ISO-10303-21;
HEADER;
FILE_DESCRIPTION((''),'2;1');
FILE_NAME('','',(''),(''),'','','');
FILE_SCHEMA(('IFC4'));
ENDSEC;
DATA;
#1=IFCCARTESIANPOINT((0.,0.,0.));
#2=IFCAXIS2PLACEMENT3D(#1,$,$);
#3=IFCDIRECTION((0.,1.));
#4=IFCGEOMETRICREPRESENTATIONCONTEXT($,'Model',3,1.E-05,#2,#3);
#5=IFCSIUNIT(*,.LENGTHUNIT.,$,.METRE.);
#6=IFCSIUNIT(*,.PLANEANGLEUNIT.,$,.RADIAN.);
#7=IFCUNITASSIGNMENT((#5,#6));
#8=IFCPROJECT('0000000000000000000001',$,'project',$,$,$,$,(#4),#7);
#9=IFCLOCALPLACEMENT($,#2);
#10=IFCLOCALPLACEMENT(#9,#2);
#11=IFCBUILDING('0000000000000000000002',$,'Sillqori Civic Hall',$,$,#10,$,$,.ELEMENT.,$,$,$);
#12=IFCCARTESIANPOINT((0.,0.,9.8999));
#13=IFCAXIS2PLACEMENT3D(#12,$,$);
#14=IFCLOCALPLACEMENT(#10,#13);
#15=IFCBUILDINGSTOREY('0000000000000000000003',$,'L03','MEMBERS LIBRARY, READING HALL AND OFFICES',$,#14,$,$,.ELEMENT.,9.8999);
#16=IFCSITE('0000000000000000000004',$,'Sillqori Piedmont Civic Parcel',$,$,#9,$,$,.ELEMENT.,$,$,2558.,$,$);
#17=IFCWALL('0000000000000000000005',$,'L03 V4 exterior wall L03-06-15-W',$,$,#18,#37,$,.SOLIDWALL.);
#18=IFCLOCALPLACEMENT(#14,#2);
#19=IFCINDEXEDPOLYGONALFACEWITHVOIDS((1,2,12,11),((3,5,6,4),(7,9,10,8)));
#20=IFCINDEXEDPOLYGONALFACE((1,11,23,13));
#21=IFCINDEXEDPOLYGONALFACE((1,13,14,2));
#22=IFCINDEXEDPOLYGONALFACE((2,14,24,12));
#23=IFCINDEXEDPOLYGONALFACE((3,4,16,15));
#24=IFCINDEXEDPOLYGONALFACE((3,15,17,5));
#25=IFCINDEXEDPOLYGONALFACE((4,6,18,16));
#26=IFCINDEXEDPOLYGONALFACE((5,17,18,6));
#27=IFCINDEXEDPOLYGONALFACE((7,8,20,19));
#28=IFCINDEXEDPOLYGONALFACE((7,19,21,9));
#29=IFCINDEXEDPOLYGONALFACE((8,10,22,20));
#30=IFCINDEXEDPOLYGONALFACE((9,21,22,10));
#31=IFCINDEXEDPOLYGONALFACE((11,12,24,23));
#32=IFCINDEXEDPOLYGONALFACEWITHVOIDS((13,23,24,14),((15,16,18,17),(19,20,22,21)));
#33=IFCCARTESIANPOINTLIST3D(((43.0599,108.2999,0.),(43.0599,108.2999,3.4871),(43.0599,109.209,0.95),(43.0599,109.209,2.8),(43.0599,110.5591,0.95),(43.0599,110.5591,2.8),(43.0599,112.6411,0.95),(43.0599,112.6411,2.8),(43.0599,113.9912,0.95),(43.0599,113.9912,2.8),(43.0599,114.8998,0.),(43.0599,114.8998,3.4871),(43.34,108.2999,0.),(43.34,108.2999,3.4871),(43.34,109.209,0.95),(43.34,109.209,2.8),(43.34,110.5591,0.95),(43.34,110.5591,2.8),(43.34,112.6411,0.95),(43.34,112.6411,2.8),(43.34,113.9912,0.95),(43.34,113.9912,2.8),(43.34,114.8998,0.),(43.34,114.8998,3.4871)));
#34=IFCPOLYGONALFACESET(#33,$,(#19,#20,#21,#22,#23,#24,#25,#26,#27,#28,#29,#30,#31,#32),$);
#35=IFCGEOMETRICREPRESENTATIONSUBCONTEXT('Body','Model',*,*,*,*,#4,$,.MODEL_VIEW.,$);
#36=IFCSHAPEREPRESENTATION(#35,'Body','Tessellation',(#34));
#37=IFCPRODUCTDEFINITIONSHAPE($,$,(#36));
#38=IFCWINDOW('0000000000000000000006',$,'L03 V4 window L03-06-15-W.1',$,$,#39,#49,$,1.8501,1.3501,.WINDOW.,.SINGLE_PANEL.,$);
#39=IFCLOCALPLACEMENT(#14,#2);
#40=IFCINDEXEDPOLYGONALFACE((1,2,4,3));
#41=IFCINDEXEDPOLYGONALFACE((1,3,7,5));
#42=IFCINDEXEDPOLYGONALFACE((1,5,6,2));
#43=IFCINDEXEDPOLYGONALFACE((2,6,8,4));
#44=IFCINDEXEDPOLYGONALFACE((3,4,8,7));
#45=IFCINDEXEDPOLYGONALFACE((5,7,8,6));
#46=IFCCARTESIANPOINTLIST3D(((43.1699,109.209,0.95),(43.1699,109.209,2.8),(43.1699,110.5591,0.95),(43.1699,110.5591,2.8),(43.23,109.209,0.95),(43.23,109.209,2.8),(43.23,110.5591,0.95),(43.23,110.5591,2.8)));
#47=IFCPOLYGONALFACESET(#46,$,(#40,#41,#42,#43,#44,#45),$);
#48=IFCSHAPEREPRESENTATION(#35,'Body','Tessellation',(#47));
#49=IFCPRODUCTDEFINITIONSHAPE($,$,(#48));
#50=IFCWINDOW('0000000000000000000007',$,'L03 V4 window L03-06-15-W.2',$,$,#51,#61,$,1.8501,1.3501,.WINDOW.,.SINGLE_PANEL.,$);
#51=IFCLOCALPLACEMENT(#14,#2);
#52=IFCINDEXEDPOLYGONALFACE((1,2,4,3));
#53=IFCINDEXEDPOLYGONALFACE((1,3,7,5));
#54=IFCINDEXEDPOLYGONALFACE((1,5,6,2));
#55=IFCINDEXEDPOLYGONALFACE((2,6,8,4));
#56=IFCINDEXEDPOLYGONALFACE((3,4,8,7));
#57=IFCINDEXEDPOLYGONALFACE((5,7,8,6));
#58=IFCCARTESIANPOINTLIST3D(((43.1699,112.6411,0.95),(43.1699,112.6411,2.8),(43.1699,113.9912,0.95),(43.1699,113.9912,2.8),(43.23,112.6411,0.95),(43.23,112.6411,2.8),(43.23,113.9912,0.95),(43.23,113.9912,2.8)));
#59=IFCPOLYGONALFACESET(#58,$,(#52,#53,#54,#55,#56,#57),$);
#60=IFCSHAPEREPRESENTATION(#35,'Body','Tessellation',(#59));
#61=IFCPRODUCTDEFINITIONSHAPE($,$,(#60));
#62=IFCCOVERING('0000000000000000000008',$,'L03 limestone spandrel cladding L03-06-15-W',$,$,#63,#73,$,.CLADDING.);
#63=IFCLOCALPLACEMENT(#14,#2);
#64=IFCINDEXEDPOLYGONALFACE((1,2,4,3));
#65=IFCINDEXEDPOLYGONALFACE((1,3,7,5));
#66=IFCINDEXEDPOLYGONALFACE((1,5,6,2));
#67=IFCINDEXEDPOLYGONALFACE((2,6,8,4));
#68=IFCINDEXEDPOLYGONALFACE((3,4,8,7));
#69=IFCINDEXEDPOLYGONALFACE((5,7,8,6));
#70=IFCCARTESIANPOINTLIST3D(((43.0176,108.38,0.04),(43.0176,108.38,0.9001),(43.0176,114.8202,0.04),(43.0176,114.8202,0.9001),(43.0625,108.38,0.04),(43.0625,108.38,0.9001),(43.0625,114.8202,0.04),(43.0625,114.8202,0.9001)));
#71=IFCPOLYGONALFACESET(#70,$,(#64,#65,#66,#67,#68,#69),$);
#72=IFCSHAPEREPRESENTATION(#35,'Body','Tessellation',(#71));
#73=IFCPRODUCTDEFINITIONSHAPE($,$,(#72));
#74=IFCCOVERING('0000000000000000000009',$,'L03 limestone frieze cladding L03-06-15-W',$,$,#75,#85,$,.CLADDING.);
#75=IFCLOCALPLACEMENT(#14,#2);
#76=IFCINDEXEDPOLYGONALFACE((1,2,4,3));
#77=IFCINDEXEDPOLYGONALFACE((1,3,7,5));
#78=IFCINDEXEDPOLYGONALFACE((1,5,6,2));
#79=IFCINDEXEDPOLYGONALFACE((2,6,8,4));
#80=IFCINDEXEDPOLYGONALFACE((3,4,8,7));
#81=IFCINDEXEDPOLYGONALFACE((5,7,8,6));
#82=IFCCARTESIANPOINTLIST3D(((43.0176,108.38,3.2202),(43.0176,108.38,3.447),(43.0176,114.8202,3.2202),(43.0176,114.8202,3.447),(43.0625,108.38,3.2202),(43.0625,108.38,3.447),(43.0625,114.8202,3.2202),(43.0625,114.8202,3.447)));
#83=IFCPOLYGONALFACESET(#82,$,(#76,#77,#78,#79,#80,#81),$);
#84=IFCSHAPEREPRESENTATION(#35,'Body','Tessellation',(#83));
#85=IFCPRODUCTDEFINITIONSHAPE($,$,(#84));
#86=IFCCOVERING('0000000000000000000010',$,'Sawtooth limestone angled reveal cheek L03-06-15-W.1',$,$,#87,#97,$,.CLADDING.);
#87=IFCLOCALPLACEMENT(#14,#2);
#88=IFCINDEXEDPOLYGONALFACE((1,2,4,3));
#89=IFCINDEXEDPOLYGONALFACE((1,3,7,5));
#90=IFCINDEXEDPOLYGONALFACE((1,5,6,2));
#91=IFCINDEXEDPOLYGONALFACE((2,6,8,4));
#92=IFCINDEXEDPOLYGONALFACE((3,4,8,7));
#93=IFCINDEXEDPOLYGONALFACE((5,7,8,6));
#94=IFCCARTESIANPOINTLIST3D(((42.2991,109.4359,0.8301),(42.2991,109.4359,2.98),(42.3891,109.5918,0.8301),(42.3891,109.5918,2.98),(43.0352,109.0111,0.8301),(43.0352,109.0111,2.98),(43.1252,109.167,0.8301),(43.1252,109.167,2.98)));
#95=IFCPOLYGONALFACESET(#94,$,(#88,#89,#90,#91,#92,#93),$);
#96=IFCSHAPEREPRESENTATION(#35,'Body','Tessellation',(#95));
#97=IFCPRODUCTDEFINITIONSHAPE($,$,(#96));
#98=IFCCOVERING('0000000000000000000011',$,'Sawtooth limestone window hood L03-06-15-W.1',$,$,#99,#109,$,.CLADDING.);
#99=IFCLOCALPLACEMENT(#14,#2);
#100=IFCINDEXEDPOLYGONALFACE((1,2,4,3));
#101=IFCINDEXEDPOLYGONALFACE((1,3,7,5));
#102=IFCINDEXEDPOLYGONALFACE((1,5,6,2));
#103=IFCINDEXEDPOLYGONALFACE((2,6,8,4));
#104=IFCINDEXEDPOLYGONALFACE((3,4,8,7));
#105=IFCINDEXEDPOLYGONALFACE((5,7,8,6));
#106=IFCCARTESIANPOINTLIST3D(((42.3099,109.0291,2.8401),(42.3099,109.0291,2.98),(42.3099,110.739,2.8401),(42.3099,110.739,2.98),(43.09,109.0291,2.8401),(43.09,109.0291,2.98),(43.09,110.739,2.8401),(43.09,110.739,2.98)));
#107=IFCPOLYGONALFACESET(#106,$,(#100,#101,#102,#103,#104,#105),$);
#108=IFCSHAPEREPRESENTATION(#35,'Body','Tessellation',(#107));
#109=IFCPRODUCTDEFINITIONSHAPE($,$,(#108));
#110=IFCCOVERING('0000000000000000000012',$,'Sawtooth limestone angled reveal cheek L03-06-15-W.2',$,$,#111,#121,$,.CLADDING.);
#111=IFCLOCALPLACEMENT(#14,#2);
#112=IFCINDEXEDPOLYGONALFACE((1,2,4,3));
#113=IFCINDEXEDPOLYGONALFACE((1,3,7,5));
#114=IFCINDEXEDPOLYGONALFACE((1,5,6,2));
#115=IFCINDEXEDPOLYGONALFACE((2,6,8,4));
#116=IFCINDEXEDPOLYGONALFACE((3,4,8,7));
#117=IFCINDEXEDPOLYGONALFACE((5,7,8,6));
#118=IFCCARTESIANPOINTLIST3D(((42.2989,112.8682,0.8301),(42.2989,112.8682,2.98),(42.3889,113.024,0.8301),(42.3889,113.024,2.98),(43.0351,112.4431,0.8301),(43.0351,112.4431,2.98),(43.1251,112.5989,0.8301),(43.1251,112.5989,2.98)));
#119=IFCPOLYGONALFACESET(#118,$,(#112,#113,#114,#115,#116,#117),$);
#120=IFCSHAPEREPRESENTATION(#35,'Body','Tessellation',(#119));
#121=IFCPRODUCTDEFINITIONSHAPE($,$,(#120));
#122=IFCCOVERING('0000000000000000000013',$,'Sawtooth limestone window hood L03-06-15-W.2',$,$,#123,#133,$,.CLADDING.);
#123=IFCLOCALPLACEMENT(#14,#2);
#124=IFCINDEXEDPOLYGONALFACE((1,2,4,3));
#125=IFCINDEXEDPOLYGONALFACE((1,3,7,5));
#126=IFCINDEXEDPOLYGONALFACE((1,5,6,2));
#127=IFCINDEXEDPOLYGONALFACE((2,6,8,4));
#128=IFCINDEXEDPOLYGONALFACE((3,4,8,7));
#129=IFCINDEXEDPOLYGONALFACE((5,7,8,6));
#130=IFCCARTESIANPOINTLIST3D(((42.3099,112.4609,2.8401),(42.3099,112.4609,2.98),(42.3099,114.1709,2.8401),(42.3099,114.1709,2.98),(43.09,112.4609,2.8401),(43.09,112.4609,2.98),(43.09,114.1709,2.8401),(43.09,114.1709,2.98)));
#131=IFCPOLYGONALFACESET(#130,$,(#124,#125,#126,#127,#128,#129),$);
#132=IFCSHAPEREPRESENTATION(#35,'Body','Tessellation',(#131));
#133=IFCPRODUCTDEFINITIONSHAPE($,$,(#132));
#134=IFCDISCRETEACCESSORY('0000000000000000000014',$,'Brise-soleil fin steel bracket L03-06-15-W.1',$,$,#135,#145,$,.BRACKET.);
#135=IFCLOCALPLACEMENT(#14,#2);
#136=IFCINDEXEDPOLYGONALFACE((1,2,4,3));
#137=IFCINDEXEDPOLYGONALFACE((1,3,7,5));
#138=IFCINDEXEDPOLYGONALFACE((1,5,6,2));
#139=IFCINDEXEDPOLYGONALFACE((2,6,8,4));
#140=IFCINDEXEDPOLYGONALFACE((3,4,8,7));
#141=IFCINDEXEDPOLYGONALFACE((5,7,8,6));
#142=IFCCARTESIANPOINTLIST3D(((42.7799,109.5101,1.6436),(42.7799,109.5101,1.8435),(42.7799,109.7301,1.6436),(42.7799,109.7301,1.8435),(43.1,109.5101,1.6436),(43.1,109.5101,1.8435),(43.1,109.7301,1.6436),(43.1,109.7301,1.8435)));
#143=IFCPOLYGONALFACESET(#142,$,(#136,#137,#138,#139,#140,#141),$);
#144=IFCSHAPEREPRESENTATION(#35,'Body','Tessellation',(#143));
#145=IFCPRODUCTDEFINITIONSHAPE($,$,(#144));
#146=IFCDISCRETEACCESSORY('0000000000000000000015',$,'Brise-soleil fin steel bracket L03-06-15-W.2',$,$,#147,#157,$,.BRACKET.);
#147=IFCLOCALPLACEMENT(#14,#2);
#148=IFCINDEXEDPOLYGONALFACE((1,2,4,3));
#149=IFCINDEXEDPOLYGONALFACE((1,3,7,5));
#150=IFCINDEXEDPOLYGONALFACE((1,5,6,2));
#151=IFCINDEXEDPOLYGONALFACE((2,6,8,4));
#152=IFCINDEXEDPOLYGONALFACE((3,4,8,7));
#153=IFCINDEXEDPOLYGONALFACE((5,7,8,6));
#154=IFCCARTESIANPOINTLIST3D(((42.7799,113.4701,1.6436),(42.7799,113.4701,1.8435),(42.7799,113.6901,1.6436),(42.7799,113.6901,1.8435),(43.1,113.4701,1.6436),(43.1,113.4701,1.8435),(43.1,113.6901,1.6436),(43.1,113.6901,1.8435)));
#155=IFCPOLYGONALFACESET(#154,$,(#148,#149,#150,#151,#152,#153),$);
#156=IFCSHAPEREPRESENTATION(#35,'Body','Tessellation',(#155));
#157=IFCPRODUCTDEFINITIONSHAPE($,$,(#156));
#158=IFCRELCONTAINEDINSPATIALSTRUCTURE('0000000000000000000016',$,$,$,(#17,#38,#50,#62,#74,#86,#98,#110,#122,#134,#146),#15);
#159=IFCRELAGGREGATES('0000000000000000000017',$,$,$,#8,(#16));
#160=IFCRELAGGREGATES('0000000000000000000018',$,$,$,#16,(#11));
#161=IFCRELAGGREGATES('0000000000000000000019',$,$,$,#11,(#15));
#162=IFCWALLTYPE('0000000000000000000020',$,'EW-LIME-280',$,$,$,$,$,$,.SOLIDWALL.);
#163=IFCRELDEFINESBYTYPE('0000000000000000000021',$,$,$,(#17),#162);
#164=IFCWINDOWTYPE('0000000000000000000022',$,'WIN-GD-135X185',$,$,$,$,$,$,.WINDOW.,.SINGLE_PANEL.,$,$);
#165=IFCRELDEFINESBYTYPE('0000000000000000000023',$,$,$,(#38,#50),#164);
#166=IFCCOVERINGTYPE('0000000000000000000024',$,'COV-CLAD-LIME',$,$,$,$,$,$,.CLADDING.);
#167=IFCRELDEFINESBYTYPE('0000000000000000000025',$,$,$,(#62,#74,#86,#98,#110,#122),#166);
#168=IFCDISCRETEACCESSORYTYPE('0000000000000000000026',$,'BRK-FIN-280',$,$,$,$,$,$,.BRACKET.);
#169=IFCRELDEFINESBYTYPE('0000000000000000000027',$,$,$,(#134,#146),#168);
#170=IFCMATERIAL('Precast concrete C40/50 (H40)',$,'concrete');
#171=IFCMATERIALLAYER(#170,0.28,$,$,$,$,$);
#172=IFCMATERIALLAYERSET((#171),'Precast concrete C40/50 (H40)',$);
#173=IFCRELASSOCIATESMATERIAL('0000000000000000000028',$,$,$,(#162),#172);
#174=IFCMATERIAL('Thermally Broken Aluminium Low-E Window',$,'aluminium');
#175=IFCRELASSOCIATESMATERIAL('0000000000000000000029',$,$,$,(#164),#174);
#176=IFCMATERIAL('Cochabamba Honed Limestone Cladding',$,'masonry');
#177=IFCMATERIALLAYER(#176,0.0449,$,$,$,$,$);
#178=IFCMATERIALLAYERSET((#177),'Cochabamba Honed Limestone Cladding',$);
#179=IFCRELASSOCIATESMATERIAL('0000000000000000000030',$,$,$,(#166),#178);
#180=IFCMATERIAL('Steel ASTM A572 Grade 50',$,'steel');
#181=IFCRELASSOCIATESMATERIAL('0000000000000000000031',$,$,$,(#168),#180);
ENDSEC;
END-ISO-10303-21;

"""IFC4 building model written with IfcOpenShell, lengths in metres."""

from ifc_helpers import new_model, si_unit, direction, frame, frame_2d, origin, origin_2d, place, context, subcontext, project, spatial, rectangle, extrude, material, layer, layer_set, type_object, element, fill, save


model = new_model("IFC4")

# Units and contexts
model_context = context("Model", 3, precision=1e-05, world=origin(), true_north=direction((0.0, 1.0)))
body_context = subcontext(model_context, "Body", "Model", "MODEL_VIEW")
ifc_project = project(units=[si_unit("LENGTHUNIT", "METRE"), si_unit("PLANEANGLEUNIT", "RADIAN")], contexts=[model_context])

# Site, building, storey
site_placement = place(None, origin())
site = spatial("IfcSite", under=ifc_project, at=site_placement, Name="Sillqori Piedmont Civic Parcel", CompositionType="ELEMENT", RefElevation=2558.0)
building_placement = place(site_placement, origin())
building = spatial("IfcBuilding", under=site, at=building_placement, Name="Sillqori Civic Hall", CompositionType="ELEMENT")
storey_placement = place(building_placement, frame((0.0, 0.0, 9.8999)))
storey = spatial("IfcBuildingStorey", under=building, at=storey_placement, Name="L03", Description="MEMBERS LIBRARY, READING HALL AND OFFICES", CompositionType="ELEMENT", Elevation=9.8999)

# Shared definitions
ifc_material_1 = material(Name="Precast concrete C40/50 (H40)", Category="concrete")

# Wall, openings, windows
ifc_layer_1 = layer(ifc_material_1, 0.28)
ifc_layer_set_1 = layer_set([ifc_layer_1], Name="Precast concrete C40/50 (H40)")
wall_type = type_object("IfcWallType", Name="EW-LIME-280", PredefinedType="SOLIDWALL", material=ifc_layer_set_1)
wall_placement = place(storey_placement, frame((43.2, 108.3, 0.0), z_axis=(0.0, 0.0, 1.0), x_axis=(0.0, 1.0, 0.0)))
wall = element("IfcWall", 1, at=wall_placement, inside=storey, type_object=wall_type, Name="L03 V4 exterior wall L03-06-15-W", PredefinedType="SOLIDWALL", context=body_context, shape_type="SweptSolid", body=[
    extrude(rectangle(XDim=6.5999, YDim=0.28, at=frame_2d((3.2998, 0.0))), origin(), (0.0, 0.0, 1.0), 3.4871),
])
opening_1_placement = place(wall_placement, frame((0.9089, 0.0, 0.95)))
opening_1 = element("IfcOpeningElement", 2, at=opening_1_placement, cuts=wall, PredefinedType="OPENING", context=body_context, shape_type="SweptSolid", body=[
    extrude(rectangle(XDim=1.3501, YDim=1.8501, at=frame_2d((0.675, 0.925))), frame((0.0, 0.1499, 0.0), z_axis=(0.0, -1.0, 0.0), x_axis=(1.0, 0.0, 0.0)), (0.0, 0.0, 1.0), 0.3),
])
opening_2_placement = place(wall_placement, frame((4.3411, 0.0, 0.95)))
opening_2 = element("IfcOpeningElement", 3, at=opening_2_placement, cuts=wall, PredefinedType="OPENING", context=body_context, shape_type="SweptSolid", body=[
    extrude(rectangle(XDim=1.3501, YDim=1.8501, at=frame_2d((0.675, 0.925))), frame((0.0, 0.1499, 0.0), z_axis=(0.0, -1.0, 0.0), x_axis=(1.0, 0.0, 0.0)), (0.0, 0.0, 1.0), 0.3),
])
ifc_material_2 = material(Name="Thermally Broken Aluminium Low-E Window", Category="aluminium")
window_type = type_object("IfcWindowType", Name="WIN-GD-135X185", PartitioningType="SINGLE_PANEL", PredefinedType="WINDOW", material=ifc_material_2)
window_1_placement = place(opening_1_placement, origin())
window_1 = element("IfcWindow", 4, at=window_1_placement, inside=storey, type_object=window_type, Name="L03 V4 window L03-06-15-W.1", OverallHeight=1.8501, OverallWidth=1.3501, PartitioningType="SINGLE_PANEL", PredefinedType="WINDOW", context=body_context, shape_type="SweptSolid", body=[
    extrude(rectangle(XDim=1.3501, YDim=1.8501, at=frame_2d((0.675, 0.925))), frame((0.0, 0.03, 0.0), z_axis=(0.0, -1.0, 0.0), x_axis=(1.0, 0.0, 0.0)), (0.0, 0.0, 1.0), 0.0601),
])
fill(opening_1, window_1)
window_2_placement = place(opening_2_placement, origin())
window_2 = element("IfcWindow", 5, at=window_2_placement, inside=storey, type_object=window_type, Name="L03 V4 window L03-06-15-W.2", OverallHeight=1.8501, OverallWidth=1.3501, PartitioningType="SINGLE_PANEL", PredefinedType="WINDOW", context=body_context, shape_type="SweptSolid", body=[
    extrude(rectangle(XDim=1.3501, YDim=1.8501, at=frame_2d((0.675, 0.925))), frame((0.0, 0.03, 0.0), z_axis=(0.0, -1.0, 0.0), x_axis=(1.0, 0.0, 0.0)), (0.0, 0.0, 1.0), 0.0601),
])
fill(opening_2, window_2)

# Coverings
ifc_material_3 = material(Name="Cochabamba Honed Limestone Cladding", Category="masonry")
ifc_layer_2 = layer(ifc_material_3, 0.0449)
ifc_layer_set_2 = layer_set([ifc_layer_2], Name="Cochabamba Honed Limestone Cladding")
covering_type = type_object("IfcCoveringType", Name="COV-CLAD-LIME", PredefinedType="CLADDING", material=ifc_layer_set_2)
covering_1_placement = place(storey_placement, frame((43.04, 108.3799, 0.04), z_axis=(0.0, 0.0, 1.0), x_axis=(0.0, 1.0, 0.0)))
element("IfcCovering", 6, at=covering_1_placement, inside=storey, type_object=covering_type, Name="L03 limestone spandrel cladding L03-06-15-W", PredefinedType="CLADDING", context=body_context, shape_type="SweptSolid", body=[
    extrude(rectangle(XDim=6.4402, YDim=0.0449, at=frame_2d((3.2202, 0.0))), origin(), (0.0, 0.0, 1.0), 0.8601),
])
covering_2_placement = place(storey_placement, frame((43.04, 108.3799, 3.2202), z_axis=(0.0, 0.0, 1.0), x_axis=(0.0, 1.0, 0.0)))
element("IfcCovering", 7, at=covering_2_placement, inside=storey, type_object=covering_type, Name="L03 limestone frieze cladding L03-06-15-W", PredefinedType="CLADDING", context=body_context, shape_type="SweptSolid", body=[
    extrude(rectangle(XDim=6.4402, YDim=0.0449, at=frame_2d((3.2202, 0.0))), origin(), (0.0, 0.0, 1.0), 0.2268),
])
covering_3_placement = place(storey_placement, frame((43.0801, 109.0891, 0.8301), z_axis=(0.0, 0.0, 1.0), x_axis=(-0.866114, 0.499847, 0.0)))
element("IfcCovering", 8, at=covering_3_placement, inside=storey, type_object=covering_type, Name="Sawtooth limestone angled reveal cheek L03-06-15-W.1", PredefinedType="CLADDING", context=body_context, shape_type="SweptSolid", body=[
    extrude(rectangle(XDim=0.8499, YDim=0.1799, at=frame_2d((0.4248, 0.0))), origin(), (0.0, 0.0, 1.0), 2.1499),
])
covering_4_placement = place(storey_placement, frame((42.7, 109.0291, 2.8401), z_axis=(0.0, 0.0, 1.0), x_axis=(0.0, 1.0, 0.0)))
element("IfcCovering", 9, at=covering_4_placement, inside=storey, type_object=covering_type, Name="Sawtooth limestone window hood L03-06-15-W.1", PredefinedType="CLADDING", context=body_context, shape_type="SweptSolid", body=[
    extrude(rectangle(XDim=1.71, YDim=0.78, at=frame_2d((0.855, 0.0))), origin(), (0.0, 0.0, 1.0), 0.1399),
])
covering_5_placement = place(storey_placement, frame((43.0801, 112.521, 0.8301), z_axis=(0.0, 0.0, 1.0), x_axis=(-0.865989, 0.500062, 0.0)))
element("IfcCovering", 10, at=covering_5_placement, inside=storey, type_object=covering_type, Name="Sawtooth limestone angled reveal cheek L03-06-15-W.2", PredefinedType="CLADDING", context=body_context, shape_type="SweptSolid", body=[
    extrude(rectangle(XDim=0.8501, YDim=0.1799, at=frame_2d((0.425, 0.0))), origin(), (0.0, 0.0, 1.0), 2.1499),
])
covering_6_placement = place(storey_placement, frame((42.7, 112.4609, 2.8401), z_axis=(0.0, 0.0, 1.0), x_axis=(0.0, 1.0, 0.0)))
element("IfcCovering", 11, at=covering_6_placement, inside=storey, type_object=covering_type, Name="Sawtooth limestone window hood L03-06-15-W.2", PredefinedType="CLADDING", context=body_context, shape_type="SweptSolid", body=[
    extrude(rectangle(XDim=1.71, YDim=0.78, at=frame_2d((0.855, 0.0))), origin(), (0.0, 0.0, 1.0), 0.1399),
])

# Discrete accessories
ifc_material_4 = material(Name="Steel ASTM A572 Grade 50", Category="steel")
discrete_accessory_type = type_object("IfcDiscreteAccessoryType", Name="BRK-FIN-280", PredefinedType="BRACKET", material=ifc_material_4)
for number, where, z_axis, x_axis, name in (
    (12, (42.9399, 109.6201, 1.6436), (0.0, 0.0, 1.0), (0.0, 1.0, 0.0), "Brise-soleil fin steel bracket L03-06-15-W.1"),
    (13, (42.9399, 113.5801, 1.6436), (0.0, 0.0, 1.0), (0.0, 1.0, 0.0), "Brise-soleil fin steel bracket L03-06-15-W.2"),
):
    element("IfcDiscreteAccessory", number, at=place(storey_placement, frame(where, z_axis=z_axis, x_axis=x_axis)), inside=storey, type_object=discrete_accessory_type, Name=name, PredefinedType="BRACKET", context=body_context, shape_type="SweptSolid", body=[
        extrude(rectangle(XDim=0.22, YDim=0.3201, at=origin_2d()), origin(), (0.0, 0.0, 1.0), 0.2),
    ])

save(model, "model.ifc")
